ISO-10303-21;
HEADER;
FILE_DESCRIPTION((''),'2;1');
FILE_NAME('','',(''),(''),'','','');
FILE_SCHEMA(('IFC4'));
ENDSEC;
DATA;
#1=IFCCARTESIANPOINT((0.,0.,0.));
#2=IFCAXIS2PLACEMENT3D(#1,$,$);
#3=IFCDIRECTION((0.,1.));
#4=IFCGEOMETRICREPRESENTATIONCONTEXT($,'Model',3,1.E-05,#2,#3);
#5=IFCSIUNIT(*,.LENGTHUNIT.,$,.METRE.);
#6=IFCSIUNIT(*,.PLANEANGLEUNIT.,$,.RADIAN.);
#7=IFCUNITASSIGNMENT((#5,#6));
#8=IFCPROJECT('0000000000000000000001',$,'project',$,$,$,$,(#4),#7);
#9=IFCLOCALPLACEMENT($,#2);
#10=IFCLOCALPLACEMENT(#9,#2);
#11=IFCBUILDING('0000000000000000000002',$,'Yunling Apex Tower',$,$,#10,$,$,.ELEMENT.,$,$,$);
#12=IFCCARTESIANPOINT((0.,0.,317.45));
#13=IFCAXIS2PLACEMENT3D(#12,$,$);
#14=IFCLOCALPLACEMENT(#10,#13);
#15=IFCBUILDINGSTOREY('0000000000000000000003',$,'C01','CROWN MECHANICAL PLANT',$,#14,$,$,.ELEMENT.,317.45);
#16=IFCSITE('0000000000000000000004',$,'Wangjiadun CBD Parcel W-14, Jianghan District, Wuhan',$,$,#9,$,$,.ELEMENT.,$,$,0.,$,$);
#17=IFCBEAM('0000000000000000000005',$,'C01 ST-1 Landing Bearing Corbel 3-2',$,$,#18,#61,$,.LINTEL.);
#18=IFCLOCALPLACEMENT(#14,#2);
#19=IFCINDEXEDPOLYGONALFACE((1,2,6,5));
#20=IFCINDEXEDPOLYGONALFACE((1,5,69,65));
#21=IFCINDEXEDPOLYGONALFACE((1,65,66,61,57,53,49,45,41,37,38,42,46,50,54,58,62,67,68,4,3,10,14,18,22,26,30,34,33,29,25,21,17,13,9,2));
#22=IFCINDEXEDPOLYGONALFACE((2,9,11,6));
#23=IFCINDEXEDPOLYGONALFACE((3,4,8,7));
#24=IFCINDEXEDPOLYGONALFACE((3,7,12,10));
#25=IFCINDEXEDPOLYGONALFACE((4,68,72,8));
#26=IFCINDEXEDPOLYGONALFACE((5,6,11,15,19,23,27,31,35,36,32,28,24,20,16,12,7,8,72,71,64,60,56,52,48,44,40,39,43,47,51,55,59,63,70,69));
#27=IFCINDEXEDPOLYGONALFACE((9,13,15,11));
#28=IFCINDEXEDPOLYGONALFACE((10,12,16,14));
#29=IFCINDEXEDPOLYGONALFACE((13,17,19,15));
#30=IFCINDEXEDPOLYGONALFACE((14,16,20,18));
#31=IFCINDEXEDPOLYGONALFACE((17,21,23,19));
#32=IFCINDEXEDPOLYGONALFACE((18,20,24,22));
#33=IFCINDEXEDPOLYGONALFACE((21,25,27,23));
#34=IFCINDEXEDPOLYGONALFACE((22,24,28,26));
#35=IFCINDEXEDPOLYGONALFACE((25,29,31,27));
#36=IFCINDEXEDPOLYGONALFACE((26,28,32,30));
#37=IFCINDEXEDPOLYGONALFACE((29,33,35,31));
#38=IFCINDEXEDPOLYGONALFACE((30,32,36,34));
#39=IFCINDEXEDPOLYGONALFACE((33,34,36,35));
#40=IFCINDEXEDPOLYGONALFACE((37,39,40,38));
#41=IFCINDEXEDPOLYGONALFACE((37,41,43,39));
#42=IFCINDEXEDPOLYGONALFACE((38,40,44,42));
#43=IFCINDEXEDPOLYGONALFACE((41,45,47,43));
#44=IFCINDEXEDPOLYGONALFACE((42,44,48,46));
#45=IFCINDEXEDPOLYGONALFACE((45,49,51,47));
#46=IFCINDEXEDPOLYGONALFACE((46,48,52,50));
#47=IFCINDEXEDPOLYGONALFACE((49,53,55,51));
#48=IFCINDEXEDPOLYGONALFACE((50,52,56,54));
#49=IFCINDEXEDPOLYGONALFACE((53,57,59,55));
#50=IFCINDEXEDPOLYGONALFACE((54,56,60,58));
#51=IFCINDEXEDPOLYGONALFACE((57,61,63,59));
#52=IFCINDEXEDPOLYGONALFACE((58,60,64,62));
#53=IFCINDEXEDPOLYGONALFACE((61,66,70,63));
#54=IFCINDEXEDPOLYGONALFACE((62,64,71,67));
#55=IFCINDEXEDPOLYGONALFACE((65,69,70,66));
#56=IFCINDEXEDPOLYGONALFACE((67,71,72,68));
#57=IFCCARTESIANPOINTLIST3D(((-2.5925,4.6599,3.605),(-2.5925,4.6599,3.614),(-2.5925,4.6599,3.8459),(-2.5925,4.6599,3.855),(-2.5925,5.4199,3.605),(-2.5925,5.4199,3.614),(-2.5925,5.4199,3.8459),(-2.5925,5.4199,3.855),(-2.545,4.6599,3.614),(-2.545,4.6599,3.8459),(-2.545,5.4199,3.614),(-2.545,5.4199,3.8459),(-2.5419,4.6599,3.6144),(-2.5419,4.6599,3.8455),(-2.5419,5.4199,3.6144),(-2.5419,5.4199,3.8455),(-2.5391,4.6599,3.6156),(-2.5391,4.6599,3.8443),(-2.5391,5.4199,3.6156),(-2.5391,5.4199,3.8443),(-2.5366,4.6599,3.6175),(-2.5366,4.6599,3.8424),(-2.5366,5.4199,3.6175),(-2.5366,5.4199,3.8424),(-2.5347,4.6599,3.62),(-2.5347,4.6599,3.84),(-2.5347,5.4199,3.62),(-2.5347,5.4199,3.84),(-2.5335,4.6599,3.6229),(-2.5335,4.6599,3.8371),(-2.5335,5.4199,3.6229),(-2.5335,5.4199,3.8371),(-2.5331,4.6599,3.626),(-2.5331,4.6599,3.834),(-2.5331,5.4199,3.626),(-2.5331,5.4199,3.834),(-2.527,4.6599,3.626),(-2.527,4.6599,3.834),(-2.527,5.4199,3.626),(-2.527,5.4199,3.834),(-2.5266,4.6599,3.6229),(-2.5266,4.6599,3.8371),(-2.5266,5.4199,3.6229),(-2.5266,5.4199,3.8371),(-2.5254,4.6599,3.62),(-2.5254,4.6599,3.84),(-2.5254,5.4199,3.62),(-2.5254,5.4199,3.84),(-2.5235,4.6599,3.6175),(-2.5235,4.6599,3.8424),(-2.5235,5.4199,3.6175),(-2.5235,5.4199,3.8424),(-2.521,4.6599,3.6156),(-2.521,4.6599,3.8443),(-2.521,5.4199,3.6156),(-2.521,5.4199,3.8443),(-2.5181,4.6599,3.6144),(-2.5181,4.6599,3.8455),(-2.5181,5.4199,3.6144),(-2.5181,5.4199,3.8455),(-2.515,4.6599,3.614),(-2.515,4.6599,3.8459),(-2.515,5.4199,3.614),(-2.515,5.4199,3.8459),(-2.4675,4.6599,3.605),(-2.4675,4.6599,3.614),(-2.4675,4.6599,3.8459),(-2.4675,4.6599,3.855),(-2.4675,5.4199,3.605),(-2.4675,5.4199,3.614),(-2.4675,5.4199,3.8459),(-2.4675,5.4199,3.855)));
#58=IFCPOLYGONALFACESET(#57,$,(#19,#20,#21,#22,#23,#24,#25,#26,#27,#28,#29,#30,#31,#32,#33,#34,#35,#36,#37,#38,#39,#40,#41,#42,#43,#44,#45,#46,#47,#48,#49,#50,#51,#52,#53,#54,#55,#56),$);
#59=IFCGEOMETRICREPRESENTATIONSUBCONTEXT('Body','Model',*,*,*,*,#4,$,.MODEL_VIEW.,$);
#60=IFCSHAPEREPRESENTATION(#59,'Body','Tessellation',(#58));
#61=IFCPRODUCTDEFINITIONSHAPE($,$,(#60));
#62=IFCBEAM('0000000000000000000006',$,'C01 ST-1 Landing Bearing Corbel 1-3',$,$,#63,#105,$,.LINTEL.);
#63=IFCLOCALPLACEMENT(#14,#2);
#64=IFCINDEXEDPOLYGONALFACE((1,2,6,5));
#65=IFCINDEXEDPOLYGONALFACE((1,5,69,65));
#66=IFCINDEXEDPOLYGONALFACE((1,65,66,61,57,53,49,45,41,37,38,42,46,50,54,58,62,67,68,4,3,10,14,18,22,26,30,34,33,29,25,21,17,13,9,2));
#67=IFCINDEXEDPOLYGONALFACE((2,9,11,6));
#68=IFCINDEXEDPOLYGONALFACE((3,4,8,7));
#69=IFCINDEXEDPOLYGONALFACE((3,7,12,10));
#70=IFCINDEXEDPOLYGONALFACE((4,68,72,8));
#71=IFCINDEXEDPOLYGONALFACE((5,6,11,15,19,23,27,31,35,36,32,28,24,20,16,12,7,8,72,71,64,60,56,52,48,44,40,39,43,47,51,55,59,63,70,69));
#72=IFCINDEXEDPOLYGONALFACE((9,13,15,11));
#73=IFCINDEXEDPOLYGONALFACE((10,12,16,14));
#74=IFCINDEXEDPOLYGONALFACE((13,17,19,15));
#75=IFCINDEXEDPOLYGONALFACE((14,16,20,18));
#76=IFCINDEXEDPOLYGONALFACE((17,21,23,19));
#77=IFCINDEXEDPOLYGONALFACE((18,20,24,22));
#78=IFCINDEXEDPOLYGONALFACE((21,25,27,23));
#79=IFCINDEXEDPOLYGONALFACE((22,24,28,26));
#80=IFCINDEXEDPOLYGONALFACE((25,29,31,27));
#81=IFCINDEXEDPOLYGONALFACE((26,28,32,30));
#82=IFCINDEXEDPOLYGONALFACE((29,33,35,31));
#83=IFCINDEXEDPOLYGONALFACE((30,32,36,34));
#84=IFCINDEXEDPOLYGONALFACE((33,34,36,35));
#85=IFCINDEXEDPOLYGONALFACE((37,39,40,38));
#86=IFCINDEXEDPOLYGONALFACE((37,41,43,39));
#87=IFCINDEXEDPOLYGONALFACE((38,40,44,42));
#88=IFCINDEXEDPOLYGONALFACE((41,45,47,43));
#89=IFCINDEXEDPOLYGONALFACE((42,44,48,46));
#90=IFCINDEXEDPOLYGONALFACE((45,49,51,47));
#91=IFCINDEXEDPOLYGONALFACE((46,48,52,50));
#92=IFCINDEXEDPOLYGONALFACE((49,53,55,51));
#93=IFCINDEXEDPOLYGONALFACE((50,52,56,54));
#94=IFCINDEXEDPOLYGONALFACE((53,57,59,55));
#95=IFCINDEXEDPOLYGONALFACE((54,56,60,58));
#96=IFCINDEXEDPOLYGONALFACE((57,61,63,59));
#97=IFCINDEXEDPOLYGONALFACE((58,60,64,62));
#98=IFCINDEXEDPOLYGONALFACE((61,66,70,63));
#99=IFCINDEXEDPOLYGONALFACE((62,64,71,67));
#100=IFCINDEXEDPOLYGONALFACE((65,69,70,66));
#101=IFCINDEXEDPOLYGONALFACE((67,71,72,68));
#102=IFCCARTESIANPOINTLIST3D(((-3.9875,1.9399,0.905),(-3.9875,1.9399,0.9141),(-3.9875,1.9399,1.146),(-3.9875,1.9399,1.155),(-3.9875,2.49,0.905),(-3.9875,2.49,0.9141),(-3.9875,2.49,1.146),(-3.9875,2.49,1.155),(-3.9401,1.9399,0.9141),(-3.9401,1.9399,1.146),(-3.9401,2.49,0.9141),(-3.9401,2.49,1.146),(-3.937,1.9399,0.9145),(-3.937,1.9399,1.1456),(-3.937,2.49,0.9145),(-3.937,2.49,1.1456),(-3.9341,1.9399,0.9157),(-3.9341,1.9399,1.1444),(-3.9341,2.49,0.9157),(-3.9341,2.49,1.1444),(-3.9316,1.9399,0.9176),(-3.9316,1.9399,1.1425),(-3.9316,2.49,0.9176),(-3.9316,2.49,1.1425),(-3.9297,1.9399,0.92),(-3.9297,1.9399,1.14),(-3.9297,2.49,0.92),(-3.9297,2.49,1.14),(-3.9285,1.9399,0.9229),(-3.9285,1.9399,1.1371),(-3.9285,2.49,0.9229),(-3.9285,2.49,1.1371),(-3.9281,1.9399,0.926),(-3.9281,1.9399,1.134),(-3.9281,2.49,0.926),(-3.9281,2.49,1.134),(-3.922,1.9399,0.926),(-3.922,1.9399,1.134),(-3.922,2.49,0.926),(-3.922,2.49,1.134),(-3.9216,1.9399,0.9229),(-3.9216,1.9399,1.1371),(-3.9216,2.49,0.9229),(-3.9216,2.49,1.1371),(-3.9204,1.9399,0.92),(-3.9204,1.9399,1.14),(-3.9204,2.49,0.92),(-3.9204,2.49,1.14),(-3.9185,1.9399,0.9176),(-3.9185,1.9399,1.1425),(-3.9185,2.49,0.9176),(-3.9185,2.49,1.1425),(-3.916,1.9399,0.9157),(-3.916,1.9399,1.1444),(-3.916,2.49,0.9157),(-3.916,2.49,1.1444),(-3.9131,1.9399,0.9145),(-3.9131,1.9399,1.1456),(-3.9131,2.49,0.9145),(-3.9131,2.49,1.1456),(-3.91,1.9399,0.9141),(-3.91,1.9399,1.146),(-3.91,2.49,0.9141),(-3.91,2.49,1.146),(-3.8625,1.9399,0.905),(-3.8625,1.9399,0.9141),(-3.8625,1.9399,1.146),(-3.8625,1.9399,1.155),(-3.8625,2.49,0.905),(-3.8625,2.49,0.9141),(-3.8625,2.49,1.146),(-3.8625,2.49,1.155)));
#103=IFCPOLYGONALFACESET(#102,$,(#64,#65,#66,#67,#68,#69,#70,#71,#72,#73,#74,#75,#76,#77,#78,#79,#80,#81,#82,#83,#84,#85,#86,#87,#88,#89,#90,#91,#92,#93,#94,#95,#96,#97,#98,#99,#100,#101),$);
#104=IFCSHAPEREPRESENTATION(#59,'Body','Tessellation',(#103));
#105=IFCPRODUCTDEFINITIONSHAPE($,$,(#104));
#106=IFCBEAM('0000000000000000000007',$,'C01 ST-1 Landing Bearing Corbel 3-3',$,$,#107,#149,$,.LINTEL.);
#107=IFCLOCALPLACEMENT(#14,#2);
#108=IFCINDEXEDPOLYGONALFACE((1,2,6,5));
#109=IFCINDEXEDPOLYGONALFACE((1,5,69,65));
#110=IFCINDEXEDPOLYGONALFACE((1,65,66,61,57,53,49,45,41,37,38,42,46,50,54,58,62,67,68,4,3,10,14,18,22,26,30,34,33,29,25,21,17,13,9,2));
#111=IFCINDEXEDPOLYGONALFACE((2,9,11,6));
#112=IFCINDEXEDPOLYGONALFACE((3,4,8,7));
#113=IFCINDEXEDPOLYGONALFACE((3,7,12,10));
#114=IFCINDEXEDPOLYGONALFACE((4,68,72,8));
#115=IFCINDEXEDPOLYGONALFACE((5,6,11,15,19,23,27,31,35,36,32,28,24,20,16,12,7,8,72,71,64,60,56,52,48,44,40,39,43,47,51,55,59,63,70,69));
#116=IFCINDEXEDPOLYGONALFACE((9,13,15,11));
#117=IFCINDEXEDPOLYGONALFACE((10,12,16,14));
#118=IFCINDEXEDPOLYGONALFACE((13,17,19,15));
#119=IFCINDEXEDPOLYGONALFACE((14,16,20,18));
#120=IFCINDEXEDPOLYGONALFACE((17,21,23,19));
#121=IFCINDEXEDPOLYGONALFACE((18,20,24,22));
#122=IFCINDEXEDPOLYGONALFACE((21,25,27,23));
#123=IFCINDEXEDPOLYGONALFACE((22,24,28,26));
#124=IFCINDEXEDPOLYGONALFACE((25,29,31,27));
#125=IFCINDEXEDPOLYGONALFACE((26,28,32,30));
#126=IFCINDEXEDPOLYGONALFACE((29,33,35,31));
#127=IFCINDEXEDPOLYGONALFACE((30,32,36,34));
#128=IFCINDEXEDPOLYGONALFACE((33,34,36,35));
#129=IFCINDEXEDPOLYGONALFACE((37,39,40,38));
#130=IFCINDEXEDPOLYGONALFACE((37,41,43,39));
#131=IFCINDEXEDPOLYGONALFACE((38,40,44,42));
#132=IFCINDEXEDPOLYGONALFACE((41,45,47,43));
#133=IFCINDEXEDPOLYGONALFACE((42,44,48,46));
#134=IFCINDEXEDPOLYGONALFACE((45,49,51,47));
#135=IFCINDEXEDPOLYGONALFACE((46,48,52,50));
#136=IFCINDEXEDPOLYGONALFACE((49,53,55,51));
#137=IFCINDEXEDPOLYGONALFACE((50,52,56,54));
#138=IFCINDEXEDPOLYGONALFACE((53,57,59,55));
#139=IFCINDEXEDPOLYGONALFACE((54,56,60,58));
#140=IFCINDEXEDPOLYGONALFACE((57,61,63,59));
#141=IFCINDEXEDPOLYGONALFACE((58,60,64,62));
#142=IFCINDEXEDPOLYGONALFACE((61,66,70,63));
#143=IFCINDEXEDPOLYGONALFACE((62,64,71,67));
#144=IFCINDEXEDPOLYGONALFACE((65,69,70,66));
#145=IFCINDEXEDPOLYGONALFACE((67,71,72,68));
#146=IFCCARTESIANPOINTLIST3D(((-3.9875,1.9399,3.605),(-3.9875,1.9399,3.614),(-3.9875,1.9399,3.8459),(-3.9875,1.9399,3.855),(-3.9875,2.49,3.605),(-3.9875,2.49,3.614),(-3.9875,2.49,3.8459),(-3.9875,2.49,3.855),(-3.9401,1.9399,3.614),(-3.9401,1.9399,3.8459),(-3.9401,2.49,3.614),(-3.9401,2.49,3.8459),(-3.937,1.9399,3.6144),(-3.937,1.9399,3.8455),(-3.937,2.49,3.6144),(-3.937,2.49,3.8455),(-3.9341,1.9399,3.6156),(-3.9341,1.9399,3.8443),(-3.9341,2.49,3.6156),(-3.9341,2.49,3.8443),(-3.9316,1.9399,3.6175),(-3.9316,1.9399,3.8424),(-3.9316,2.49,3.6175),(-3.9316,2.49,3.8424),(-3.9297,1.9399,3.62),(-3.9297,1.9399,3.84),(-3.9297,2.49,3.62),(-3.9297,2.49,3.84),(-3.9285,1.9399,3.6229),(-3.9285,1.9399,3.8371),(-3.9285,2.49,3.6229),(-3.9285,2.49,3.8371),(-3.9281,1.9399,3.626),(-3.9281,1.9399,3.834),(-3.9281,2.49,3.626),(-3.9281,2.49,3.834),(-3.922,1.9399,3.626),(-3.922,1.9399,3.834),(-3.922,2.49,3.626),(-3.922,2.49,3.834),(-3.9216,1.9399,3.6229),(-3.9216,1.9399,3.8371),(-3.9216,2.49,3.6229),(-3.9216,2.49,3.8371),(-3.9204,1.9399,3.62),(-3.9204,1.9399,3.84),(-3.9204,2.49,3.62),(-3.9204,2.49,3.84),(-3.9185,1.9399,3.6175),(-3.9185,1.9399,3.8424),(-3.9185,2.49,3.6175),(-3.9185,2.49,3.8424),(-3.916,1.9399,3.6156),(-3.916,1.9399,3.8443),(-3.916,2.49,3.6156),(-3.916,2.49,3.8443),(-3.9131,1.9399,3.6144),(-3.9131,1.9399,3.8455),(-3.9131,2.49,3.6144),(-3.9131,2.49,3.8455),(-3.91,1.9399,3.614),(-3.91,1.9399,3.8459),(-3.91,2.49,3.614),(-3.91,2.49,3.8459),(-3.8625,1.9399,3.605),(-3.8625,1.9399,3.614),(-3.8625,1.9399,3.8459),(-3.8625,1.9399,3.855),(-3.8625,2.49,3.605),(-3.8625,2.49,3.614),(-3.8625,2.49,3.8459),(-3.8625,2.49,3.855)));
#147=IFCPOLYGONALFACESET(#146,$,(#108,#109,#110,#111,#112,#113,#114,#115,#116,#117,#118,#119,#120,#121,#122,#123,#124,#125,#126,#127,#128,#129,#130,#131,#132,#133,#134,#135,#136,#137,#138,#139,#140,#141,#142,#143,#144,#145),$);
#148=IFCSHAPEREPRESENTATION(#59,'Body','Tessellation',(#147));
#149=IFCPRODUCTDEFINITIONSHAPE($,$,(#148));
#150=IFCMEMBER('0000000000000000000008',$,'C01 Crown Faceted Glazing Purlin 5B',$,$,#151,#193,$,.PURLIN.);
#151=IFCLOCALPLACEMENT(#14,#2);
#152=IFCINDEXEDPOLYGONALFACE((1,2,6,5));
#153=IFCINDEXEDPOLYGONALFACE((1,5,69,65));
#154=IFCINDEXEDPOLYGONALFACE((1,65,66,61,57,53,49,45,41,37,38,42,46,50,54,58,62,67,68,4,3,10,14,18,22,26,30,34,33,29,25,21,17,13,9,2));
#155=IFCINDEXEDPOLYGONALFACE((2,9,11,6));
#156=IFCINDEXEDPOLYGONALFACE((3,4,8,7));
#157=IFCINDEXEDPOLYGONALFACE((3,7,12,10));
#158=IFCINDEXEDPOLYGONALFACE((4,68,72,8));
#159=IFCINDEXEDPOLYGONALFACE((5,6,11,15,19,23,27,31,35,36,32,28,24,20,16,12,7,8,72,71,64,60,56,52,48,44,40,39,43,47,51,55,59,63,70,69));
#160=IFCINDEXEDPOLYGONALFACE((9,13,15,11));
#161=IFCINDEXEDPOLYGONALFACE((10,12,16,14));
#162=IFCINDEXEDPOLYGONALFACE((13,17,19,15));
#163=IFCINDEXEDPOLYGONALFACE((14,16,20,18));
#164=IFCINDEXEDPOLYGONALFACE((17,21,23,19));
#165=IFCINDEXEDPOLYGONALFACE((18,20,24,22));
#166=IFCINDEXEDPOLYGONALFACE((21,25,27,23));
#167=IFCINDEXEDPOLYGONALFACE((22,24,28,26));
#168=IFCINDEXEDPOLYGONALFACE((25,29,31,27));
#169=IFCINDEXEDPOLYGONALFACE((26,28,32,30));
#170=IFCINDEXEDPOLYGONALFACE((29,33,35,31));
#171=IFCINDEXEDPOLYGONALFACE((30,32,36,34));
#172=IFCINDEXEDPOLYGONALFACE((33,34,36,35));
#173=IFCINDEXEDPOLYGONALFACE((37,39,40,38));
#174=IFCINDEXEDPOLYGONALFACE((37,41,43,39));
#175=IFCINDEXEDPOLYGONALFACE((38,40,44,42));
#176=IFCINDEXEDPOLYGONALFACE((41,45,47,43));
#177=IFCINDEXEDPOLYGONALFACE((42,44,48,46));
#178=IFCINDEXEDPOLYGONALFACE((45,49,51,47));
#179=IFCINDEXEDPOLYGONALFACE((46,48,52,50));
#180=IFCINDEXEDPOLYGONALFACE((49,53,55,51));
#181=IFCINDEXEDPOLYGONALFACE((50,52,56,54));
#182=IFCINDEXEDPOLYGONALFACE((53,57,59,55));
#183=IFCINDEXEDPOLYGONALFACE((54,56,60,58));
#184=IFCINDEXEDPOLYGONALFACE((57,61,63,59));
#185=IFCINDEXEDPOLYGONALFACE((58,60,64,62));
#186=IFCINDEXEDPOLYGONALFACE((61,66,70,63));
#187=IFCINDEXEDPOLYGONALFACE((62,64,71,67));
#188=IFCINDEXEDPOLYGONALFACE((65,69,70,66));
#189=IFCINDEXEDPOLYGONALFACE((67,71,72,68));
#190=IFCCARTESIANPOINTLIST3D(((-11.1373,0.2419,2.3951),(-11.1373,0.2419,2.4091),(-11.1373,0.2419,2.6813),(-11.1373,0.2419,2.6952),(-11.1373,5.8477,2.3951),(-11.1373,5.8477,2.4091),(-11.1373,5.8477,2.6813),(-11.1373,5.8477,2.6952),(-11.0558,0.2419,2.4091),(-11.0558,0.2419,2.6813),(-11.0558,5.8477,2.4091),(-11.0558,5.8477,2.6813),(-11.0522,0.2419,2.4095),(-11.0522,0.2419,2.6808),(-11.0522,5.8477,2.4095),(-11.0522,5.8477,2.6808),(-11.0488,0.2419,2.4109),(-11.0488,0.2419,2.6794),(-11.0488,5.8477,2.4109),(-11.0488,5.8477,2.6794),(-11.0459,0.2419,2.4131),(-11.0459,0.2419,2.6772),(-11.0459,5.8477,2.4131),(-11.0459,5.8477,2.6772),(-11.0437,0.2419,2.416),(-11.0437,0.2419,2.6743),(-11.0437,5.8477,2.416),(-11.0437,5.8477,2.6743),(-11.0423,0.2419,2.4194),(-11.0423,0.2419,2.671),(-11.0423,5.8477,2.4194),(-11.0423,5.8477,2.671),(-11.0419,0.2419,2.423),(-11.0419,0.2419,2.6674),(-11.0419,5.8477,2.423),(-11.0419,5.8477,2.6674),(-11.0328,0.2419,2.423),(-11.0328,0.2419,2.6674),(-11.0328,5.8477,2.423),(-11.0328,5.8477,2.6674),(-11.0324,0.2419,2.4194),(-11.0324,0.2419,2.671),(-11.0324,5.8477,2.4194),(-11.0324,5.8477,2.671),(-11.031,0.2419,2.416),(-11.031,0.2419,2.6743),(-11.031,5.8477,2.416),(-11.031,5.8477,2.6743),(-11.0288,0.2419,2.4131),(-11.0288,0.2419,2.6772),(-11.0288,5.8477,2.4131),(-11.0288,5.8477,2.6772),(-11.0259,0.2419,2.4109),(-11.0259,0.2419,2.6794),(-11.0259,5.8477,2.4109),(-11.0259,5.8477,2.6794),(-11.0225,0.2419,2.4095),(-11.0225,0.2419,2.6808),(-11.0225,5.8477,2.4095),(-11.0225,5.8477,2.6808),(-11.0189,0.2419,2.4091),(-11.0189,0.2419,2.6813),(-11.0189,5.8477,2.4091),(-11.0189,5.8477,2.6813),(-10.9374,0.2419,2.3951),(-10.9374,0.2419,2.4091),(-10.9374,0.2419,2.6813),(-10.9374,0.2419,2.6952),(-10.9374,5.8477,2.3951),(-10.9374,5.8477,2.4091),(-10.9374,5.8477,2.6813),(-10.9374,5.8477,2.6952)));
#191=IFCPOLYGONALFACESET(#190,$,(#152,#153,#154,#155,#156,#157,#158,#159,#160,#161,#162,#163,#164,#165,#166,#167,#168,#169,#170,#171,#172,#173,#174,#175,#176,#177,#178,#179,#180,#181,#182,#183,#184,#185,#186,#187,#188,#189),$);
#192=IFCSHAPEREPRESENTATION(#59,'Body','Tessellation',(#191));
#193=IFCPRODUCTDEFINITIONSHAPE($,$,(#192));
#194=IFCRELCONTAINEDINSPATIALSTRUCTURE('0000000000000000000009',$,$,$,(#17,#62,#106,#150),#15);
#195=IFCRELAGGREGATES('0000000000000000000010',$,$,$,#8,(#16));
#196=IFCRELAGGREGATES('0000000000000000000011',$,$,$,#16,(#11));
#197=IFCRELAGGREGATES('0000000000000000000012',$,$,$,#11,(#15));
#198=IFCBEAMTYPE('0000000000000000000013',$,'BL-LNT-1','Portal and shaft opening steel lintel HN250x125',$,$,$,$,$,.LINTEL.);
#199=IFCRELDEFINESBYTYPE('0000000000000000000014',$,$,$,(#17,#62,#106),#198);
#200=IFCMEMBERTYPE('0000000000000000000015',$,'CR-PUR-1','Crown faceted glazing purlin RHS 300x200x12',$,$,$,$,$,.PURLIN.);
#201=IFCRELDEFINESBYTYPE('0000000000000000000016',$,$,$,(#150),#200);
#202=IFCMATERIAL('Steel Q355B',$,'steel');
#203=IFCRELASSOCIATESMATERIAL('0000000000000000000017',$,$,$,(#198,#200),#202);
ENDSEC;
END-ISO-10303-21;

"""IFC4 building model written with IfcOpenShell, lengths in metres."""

from ifc_helpers import new_model, si_unit, direction, frame, origin, origin_2d, place, context, subcontext, project, spatial, i_section, extrude, source, transform, mapped, material, material_profile, profile_set, type_object, element, save


model = new_model("IFC4")

# Units and contexts
model_context = context("Model", 3, precision=1e-05, world=origin(), true_north=direction((0.0, 1.0)))
body_context = subcontext(model_context, "Body", "Model", "MODEL_VIEW")
ifc_project = project(units=[si_unit("LENGTHUNIT", "METRE"), si_unit("PLANEANGLEUNIT", "RADIAN")], contexts=[model_context])

# Site, building, storey
site_placement = place(None, origin())
site = spatial("IfcSite", under=ifc_project, at=site_placement, Name="Wangjiadun CBD Parcel W-14, Jianghan District, Wuhan", CompositionType="ELEMENT", RefElevation=0.0)
building_placement = place(site_placement, origin())
building = spatial("IfcBuilding", under=site, at=building_placement, Name="Yunling Apex Tower", CompositionType="ELEMENT")
storey_placement = place(building_placement, frame((0.0, 0.0, 317.45)))
storey = spatial("IfcBuildingStorey", under=building, at=storey_placement, Name="C01", Description="CROWN MECHANICAL PLANT", CompositionType="ELEMENT", Elevation=317.45)

# Beams
ifc_material_1 = material(Name="Steel Q355B", Category="steel")
ifc_material_profile_1 = material_profile(ifc_material_1, i_section(OverallWidth=0.125, OverallDepth=0.25, WebThickness=0.0061, FlangeThickness=0.009, FilletRadius=0.012, at=origin_2d()))
ifc_profile_set_1 = profile_set([ifc_material_profile_1], Name="Steel Q355B")
beam_type = type_object("IfcBeamType", Name="BL-LNT-1", Description="Portal and shaft opening steel lintel HN250x125", PredefinedType="LINTEL", material=ifc_profile_set_1)
shared_shape_1 = source(origin(), body_context, "Body", "SweptSolid", [
    extrude(i_section(OverallWidth=0.125, OverallDepth=0.25, WebThickness=0.0061, FlangeThickness=0.009, FilletRadius=0.012, at=origin_2d()), origin(), (0.0, 0.0, 1.0), 0.76),
])
for number, where, z_axis, x_axis, name in (
    (1, (-2.53, 5.4199, 3.73), (0.0, -1.0, 0.0), (1.0, 0.0, 0.0), "C01 ST-1 Landing Bearing Corbel 3-2"),
):
    element("IfcBeam", number, at=place(storey_placement, frame(where, z_axis=z_axis, x_axis=x_axis)), inside=storey, type_object=beam_type, Name=name, PredefinedType="LINTEL", context=body_context, shape_type="MappedRepresentation", body=[
        mapped(shared_shape_1, transform((0.0, 0.0, 0.0), scale=1.0)),
    ])
shared_shape_2 = source(origin(), body_context, "Body", "SweptSolid", [
    extrude(i_section(OverallWidth=0.125, OverallDepth=0.25, WebThickness=0.0061, FlangeThickness=0.009, FilletRadius=0.012, at=origin_2d()), origin(), (0.0, 0.0, 1.0), 0.55),
])
for number, where, z_axis, x_axis, name in (
    (2, (-3.925, 1.9399, 1.03), (0.0, 1.0, 0.0), (-1.0, 0.0, 0.0), "C01 ST-1 Landing Bearing Corbel 1-3"),
    (3, (-3.925, 1.9399, 3.73), (0.0, 1.0, 0.0), (-1.0, 0.0, 0.0), "C01 ST-1 Landing Bearing Corbel 3-3"),
):
    element("IfcBeam", number, at=place(storey_placement, frame(where, z_axis=z_axis, x_axis=x_axis)), inside=storey, type_object=beam_type, Name=name, PredefinedType="LINTEL", context=body_context, shape_type="MappedRepresentation", body=[
        mapped(shared_shape_2, transform((0.0, 0.0, 0.0), scale=1.0)),
    ])

# Member
ifc_material_profile_2 = material_profile(ifc_material_1, i_section(OverallWidth=0.2, OverallDepth=0.3, WebThickness=0.009, FlangeThickness=0.0139, FilletRadius=0.0139, at=origin_2d()))
ifc_profile_set_2 = profile_set([ifc_material_profile_2], Name="Steel Q355B")
member_type_1 = type_object("IfcMemberType", Name="CR-PUR-1", Description="Crown faceted glazing purlin RHS 300x200x12", PredefinedType="PURLIN", material=ifc_profile_set_2)
shared_shape_3 = source(origin(), body_context, "Body", "SweptSolid", [
    extrude(i_section(OverallWidth=0.2, OverallDepth=0.3, WebThickness=0.009, FlangeThickness=0.0139, FilletRadius=0.0139, at=origin_2d()), origin(), (0.0, 0.0, 1.0), 5.6057),
])
member_1_placement = place(storey_placement, frame((-11.0374, 5.8477, 2.5452), z_axis=(0.0, -1.0, 0.0), x_axis=(1.0, 0.0, 0.0)))
element("IfcMember", 4, at=member_1_placement, inside=storey, type_object=member_type_1, Name="C01 Crown Faceted Glazing Purlin 5B", PredefinedType="PURLIN", context=body_context, shape_type="MappedRepresentation", body=[
    mapped(shared_shape_3, transform((0.0, 0.0, 0.0), scale=1.0)),
])

save(model, "model.ifc")
